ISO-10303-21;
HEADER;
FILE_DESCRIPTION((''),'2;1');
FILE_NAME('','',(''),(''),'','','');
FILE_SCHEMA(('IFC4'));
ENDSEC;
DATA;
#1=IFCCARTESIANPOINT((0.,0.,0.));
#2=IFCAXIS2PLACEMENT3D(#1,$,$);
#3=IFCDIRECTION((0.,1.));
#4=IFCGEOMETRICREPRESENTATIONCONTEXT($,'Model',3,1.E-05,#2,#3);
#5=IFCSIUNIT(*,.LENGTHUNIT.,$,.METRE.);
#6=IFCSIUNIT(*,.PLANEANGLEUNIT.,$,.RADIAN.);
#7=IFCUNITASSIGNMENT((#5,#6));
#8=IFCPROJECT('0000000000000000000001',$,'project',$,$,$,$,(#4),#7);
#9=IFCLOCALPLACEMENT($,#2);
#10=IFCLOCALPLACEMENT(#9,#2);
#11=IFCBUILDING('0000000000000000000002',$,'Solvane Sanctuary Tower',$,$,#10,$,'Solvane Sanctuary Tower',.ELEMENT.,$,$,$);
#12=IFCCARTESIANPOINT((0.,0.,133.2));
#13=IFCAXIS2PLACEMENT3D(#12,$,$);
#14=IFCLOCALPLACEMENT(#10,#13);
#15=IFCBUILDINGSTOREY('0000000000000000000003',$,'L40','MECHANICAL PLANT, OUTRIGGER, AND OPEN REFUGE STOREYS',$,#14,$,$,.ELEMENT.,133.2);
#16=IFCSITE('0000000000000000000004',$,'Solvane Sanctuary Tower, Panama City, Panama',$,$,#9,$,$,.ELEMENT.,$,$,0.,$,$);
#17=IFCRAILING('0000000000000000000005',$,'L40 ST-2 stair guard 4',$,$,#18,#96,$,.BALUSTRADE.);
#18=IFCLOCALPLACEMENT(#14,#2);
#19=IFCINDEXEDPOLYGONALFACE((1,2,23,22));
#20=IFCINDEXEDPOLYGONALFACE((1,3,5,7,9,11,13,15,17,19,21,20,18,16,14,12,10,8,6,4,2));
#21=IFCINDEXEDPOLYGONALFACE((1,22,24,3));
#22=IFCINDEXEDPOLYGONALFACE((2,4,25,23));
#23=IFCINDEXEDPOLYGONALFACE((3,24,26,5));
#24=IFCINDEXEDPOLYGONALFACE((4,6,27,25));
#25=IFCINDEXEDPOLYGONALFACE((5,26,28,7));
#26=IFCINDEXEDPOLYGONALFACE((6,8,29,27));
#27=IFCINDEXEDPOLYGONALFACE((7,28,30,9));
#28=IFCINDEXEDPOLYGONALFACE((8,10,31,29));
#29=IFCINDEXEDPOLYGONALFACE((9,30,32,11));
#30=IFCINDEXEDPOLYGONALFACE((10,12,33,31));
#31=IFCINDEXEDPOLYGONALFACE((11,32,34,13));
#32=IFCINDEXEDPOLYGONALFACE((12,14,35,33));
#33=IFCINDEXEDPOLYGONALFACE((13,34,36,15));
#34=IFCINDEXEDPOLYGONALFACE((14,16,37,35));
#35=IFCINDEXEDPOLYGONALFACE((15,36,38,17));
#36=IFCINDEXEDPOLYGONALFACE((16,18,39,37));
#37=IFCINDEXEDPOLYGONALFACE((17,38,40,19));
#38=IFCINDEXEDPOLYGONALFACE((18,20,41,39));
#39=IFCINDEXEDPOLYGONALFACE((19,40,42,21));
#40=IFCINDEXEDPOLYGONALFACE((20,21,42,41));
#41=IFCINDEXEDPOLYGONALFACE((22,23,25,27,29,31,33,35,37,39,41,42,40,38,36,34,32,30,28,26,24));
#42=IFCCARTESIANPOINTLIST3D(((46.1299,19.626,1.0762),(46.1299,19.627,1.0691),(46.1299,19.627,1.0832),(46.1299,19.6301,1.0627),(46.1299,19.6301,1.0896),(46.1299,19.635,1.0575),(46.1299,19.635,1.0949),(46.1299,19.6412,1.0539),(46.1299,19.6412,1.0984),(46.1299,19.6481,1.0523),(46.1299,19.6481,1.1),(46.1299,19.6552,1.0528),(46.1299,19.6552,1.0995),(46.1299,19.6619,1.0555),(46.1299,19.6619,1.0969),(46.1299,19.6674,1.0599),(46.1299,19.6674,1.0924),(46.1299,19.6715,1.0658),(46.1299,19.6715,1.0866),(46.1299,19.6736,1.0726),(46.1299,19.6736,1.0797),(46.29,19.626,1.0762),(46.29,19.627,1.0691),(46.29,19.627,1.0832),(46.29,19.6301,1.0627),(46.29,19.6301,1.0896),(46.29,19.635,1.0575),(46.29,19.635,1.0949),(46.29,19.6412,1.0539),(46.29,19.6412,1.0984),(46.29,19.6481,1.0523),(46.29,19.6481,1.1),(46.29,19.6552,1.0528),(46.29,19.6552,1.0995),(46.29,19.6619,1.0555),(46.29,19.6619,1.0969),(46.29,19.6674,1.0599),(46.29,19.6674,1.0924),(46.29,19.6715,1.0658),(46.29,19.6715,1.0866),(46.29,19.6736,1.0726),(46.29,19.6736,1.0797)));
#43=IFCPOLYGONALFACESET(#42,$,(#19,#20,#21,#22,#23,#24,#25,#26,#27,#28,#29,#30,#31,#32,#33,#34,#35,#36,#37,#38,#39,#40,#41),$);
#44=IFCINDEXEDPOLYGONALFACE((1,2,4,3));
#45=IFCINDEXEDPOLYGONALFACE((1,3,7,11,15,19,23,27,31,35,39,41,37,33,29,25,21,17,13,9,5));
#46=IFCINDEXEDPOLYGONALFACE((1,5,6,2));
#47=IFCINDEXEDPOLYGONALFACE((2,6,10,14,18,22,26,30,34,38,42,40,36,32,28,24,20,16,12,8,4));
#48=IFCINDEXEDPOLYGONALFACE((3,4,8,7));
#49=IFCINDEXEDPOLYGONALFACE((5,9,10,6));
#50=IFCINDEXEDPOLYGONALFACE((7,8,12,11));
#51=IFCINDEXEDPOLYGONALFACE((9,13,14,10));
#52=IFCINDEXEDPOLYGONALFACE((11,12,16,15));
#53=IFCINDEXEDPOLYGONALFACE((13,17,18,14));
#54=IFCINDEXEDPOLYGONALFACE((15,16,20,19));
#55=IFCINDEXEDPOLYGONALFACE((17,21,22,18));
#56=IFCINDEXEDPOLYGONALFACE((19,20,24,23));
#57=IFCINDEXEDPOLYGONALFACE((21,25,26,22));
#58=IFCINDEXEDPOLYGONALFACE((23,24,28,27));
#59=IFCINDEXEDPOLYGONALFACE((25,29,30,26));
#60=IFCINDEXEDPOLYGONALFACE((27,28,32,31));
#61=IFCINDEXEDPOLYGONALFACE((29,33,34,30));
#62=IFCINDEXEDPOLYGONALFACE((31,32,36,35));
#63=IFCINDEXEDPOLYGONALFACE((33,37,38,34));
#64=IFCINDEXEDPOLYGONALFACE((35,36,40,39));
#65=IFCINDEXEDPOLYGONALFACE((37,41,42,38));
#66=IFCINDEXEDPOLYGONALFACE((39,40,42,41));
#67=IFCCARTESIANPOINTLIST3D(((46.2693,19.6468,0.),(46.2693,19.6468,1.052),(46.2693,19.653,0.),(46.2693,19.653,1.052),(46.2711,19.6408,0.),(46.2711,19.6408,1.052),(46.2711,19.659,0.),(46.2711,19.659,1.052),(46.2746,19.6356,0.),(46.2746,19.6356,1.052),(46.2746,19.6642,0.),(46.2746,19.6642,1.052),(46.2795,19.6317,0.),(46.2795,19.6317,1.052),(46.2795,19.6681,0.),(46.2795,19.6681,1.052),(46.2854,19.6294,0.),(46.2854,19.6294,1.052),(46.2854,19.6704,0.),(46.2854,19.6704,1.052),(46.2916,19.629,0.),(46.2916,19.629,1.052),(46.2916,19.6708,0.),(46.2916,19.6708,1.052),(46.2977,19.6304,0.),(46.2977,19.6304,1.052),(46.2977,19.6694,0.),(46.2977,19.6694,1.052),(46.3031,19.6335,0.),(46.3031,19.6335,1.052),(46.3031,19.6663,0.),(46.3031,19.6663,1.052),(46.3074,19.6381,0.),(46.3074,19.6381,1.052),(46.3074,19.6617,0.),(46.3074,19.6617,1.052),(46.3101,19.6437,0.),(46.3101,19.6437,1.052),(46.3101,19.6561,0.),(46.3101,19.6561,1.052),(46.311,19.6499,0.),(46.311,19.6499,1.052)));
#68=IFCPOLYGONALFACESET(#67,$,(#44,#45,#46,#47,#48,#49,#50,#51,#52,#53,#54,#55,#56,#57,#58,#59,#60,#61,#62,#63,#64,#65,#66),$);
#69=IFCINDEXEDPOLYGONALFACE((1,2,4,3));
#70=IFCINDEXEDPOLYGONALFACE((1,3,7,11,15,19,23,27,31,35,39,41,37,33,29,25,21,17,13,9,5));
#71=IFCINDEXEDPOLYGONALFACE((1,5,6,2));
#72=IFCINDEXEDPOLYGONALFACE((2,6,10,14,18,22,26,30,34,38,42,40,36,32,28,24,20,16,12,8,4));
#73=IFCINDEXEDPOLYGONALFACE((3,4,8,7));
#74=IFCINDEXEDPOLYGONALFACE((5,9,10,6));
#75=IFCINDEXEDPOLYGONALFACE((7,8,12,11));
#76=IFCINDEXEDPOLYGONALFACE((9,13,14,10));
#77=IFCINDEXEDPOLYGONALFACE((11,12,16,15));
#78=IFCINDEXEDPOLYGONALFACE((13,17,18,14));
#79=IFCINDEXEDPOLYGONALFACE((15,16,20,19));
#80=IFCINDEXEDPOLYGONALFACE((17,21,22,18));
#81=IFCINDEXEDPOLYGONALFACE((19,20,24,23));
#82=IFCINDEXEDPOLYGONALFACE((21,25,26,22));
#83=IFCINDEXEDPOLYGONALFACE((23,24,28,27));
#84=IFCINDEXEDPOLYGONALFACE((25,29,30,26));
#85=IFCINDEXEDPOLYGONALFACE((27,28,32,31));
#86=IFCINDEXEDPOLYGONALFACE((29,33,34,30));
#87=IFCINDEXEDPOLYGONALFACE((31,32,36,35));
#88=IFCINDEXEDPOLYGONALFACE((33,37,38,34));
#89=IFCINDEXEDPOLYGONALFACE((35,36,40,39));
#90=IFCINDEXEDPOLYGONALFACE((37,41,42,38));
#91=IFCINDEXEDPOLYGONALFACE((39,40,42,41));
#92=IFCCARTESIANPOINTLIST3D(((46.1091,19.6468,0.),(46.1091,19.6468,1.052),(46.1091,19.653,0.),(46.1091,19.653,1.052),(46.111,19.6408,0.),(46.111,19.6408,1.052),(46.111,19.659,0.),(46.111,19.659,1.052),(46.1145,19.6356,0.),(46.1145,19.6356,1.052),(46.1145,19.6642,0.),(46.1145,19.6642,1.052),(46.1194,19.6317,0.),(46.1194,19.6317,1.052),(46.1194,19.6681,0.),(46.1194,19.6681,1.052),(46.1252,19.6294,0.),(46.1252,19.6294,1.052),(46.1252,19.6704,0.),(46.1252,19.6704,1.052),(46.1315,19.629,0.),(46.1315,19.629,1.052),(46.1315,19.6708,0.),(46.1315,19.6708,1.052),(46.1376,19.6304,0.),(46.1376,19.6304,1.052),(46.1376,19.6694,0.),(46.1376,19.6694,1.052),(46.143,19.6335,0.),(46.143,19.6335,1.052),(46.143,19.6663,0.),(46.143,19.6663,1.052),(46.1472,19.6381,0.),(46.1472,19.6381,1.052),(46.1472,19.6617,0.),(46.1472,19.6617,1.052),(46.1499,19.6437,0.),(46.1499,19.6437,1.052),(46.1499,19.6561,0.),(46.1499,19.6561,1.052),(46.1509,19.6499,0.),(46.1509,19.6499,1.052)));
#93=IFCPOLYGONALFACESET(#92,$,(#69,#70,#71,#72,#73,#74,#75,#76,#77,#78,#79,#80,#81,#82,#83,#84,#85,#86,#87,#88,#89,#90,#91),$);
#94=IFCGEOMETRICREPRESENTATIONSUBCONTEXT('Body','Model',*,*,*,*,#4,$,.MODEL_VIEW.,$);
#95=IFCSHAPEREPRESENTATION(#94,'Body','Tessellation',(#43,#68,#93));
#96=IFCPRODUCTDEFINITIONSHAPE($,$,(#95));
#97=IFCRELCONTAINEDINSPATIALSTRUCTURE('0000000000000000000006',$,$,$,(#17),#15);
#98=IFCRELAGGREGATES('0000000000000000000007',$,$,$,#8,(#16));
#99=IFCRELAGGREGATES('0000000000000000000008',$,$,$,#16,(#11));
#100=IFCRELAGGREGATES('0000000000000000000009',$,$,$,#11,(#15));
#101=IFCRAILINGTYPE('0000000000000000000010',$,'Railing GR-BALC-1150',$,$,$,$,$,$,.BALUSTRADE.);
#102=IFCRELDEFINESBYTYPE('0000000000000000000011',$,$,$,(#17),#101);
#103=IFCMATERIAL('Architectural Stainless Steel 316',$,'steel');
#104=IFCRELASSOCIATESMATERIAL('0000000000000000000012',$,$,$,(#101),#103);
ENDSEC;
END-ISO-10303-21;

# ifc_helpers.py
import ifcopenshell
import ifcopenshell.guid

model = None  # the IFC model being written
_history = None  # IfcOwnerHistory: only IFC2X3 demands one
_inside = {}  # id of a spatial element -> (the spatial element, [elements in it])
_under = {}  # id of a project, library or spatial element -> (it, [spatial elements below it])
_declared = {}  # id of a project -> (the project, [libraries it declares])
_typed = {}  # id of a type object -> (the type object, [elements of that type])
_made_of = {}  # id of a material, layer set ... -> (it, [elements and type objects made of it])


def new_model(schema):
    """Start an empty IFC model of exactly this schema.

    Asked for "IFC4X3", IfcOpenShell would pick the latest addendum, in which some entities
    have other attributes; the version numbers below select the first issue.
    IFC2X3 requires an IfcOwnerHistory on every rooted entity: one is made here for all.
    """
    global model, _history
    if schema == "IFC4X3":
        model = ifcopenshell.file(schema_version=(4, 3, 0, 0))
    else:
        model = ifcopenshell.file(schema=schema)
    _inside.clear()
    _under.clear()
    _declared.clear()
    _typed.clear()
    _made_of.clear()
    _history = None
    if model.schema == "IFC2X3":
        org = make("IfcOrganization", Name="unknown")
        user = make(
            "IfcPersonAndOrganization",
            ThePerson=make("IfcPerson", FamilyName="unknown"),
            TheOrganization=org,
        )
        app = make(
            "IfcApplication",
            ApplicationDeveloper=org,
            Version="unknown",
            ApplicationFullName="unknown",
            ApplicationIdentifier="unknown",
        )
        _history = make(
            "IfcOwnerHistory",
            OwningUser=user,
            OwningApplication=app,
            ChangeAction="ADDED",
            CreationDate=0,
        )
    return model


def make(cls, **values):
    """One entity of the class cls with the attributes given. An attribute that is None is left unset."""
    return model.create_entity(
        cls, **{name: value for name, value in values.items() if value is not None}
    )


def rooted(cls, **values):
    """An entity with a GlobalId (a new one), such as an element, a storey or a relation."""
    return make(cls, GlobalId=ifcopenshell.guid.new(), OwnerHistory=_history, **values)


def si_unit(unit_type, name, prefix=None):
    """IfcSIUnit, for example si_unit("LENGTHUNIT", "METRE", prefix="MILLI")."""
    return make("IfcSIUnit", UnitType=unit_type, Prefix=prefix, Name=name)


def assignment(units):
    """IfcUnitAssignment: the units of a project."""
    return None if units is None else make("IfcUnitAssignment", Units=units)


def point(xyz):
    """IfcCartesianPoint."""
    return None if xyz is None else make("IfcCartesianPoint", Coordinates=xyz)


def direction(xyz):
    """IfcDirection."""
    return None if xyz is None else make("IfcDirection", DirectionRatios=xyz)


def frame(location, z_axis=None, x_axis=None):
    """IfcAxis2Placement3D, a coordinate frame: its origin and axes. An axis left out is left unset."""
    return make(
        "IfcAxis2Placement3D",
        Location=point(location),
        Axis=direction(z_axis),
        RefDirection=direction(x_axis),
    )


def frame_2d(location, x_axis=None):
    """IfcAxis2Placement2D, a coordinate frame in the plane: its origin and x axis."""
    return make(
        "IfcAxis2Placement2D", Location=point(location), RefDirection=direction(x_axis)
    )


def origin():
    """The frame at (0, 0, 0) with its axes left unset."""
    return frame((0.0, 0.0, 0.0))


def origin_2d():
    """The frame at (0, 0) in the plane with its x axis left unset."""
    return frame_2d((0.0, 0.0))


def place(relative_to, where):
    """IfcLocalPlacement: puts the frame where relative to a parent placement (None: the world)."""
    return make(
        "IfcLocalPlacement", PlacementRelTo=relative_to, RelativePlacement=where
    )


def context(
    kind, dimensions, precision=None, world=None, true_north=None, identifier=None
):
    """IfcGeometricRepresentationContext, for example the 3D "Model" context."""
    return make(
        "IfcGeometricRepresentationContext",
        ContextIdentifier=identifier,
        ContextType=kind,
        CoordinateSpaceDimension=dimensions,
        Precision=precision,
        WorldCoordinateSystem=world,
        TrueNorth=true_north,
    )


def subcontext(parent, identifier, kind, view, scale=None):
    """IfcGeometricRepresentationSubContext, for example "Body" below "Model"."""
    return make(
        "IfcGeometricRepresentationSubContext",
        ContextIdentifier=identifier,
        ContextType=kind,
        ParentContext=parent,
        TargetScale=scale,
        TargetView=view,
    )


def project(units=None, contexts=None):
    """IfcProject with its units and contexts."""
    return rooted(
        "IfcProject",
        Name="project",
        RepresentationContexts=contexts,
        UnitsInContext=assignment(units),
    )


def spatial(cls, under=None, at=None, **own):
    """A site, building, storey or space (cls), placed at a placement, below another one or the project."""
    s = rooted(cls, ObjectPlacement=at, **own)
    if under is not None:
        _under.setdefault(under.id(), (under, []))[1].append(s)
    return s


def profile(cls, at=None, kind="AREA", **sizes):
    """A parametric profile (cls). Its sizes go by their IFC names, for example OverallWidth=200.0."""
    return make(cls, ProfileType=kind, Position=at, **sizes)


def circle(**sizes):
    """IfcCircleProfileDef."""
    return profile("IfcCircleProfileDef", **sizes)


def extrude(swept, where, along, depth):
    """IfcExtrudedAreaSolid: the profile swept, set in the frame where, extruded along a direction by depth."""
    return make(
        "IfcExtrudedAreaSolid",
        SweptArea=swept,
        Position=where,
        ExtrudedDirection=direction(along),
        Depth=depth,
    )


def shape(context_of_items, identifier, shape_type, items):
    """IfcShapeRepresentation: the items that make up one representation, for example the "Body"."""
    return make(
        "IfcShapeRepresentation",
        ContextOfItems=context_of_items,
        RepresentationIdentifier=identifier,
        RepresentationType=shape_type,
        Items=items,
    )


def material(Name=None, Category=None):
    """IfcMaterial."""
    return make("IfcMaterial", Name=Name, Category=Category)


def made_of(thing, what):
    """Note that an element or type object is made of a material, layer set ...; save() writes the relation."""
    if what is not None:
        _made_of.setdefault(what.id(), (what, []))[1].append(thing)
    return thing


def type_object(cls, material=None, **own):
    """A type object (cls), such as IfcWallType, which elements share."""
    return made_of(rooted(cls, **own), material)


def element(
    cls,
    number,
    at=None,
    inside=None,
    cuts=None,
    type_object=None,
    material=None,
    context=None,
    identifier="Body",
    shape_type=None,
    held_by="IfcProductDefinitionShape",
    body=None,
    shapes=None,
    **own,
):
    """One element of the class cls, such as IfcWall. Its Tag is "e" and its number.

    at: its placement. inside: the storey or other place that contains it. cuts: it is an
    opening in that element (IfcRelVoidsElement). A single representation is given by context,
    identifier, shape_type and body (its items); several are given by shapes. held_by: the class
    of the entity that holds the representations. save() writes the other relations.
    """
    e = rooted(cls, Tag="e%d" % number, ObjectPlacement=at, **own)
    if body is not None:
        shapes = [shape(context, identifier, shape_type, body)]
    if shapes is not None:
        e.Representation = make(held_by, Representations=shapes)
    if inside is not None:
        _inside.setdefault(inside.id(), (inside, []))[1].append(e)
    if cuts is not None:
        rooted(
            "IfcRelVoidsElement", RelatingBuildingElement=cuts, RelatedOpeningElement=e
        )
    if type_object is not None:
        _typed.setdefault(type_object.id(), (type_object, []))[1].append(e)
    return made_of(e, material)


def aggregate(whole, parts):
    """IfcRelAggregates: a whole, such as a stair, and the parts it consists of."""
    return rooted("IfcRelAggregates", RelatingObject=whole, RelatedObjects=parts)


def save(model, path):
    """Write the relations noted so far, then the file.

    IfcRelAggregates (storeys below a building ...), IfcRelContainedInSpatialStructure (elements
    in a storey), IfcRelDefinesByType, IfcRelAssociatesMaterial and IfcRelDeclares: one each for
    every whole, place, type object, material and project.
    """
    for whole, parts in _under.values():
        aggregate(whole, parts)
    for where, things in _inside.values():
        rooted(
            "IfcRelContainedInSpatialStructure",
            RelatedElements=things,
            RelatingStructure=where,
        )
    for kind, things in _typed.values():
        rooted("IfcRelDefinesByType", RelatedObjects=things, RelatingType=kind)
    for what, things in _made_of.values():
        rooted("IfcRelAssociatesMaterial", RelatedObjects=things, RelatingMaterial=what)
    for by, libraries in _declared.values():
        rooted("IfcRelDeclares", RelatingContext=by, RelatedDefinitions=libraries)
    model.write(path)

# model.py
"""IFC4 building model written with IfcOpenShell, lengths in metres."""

from ifc_helpers import new_model, si_unit, direction, frame, origin, origin_2d, place, context, subcontext, project, spatial, circle, extrude, material, type_object, element, save


model = new_model("IFC4")

# Units and contexts
model_context = context("Model", 3, precision=1e-05, world=origin(), true_north=direction((0.0, 1.0)))
body_context = subcontext(model_context, "Body", "Model", "MODEL_VIEW")
ifc_project = project(units=[si_unit("LENGTHUNIT", "METRE"), si_unit("PLANEANGLEUNIT", "RADIAN")], contexts=[model_context])

# Site, building, storey
site_placement = place(None, origin())
site = spatial("IfcSite", under=ifc_project, at=site_placement, Name="Solvane Sanctuary Tower, Panama City, Panama", CompositionType="ELEMENT", RefElevation=0.0)
building_placement = place(site_placement, origin())
building = spatial("IfcBuilding", under=site, at=building_placement, Name="Solvane Sanctuary Tower", LongName="Solvane Sanctuary Tower", CompositionType="ELEMENT")
storey_placement = place(building_placement, frame((0.0, 0.0, 133.2)))
storey = spatial("IfcBuildingStorey", under=building, at=storey_placement, Name="L40", Description="MECHANICAL PLANT, OUTRIGGER, AND OPEN REFUGE STOREYS", CompositionType="ELEMENT", Elevation=133.2)

# Shared definitions
ifc_material_1 = material(Name="Architectural Stainless Steel 316", Category="steel")

# Railing
railing_type_1 = type_object("IfcRailingType", Name="Railing GR-BALC-1150", PredefinedType="BALUSTRADE", material=ifc_material_1)
railing_1_placement = place(storey_placement, frame((46.29, 19.6499, 0.0)))
element("IfcRailing", 1, at=railing_1_placement, inside=storey, type_object=railing_type_1, Name="L40 ST-2 stair guard 4", PredefinedType="BALUSTRADE", context=body_context, shape_type="SweptSolid", body=[
    extrude(circle(Radius=0.0239, at=origin_2d()), frame((0.0, 0.0, 1.0762), z_axis=(-1.0, 0.0, 0.0), x_axis=(0.0, -1.0, 0.0)), (0.0, 0.0, 1.0), 0.1602),
    extrude(circle(Radius=0.021, at=origin_2d()), origin(), (0.0, 0.0, 1.0), 1.052),
    extrude(circle(Radius=0.021, at=origin_2d()), frame((-0.1602, 0.0, 0.0)), (0.0, 0.0, 1.0), 1.052),
])

save(model, "model.ifc")
